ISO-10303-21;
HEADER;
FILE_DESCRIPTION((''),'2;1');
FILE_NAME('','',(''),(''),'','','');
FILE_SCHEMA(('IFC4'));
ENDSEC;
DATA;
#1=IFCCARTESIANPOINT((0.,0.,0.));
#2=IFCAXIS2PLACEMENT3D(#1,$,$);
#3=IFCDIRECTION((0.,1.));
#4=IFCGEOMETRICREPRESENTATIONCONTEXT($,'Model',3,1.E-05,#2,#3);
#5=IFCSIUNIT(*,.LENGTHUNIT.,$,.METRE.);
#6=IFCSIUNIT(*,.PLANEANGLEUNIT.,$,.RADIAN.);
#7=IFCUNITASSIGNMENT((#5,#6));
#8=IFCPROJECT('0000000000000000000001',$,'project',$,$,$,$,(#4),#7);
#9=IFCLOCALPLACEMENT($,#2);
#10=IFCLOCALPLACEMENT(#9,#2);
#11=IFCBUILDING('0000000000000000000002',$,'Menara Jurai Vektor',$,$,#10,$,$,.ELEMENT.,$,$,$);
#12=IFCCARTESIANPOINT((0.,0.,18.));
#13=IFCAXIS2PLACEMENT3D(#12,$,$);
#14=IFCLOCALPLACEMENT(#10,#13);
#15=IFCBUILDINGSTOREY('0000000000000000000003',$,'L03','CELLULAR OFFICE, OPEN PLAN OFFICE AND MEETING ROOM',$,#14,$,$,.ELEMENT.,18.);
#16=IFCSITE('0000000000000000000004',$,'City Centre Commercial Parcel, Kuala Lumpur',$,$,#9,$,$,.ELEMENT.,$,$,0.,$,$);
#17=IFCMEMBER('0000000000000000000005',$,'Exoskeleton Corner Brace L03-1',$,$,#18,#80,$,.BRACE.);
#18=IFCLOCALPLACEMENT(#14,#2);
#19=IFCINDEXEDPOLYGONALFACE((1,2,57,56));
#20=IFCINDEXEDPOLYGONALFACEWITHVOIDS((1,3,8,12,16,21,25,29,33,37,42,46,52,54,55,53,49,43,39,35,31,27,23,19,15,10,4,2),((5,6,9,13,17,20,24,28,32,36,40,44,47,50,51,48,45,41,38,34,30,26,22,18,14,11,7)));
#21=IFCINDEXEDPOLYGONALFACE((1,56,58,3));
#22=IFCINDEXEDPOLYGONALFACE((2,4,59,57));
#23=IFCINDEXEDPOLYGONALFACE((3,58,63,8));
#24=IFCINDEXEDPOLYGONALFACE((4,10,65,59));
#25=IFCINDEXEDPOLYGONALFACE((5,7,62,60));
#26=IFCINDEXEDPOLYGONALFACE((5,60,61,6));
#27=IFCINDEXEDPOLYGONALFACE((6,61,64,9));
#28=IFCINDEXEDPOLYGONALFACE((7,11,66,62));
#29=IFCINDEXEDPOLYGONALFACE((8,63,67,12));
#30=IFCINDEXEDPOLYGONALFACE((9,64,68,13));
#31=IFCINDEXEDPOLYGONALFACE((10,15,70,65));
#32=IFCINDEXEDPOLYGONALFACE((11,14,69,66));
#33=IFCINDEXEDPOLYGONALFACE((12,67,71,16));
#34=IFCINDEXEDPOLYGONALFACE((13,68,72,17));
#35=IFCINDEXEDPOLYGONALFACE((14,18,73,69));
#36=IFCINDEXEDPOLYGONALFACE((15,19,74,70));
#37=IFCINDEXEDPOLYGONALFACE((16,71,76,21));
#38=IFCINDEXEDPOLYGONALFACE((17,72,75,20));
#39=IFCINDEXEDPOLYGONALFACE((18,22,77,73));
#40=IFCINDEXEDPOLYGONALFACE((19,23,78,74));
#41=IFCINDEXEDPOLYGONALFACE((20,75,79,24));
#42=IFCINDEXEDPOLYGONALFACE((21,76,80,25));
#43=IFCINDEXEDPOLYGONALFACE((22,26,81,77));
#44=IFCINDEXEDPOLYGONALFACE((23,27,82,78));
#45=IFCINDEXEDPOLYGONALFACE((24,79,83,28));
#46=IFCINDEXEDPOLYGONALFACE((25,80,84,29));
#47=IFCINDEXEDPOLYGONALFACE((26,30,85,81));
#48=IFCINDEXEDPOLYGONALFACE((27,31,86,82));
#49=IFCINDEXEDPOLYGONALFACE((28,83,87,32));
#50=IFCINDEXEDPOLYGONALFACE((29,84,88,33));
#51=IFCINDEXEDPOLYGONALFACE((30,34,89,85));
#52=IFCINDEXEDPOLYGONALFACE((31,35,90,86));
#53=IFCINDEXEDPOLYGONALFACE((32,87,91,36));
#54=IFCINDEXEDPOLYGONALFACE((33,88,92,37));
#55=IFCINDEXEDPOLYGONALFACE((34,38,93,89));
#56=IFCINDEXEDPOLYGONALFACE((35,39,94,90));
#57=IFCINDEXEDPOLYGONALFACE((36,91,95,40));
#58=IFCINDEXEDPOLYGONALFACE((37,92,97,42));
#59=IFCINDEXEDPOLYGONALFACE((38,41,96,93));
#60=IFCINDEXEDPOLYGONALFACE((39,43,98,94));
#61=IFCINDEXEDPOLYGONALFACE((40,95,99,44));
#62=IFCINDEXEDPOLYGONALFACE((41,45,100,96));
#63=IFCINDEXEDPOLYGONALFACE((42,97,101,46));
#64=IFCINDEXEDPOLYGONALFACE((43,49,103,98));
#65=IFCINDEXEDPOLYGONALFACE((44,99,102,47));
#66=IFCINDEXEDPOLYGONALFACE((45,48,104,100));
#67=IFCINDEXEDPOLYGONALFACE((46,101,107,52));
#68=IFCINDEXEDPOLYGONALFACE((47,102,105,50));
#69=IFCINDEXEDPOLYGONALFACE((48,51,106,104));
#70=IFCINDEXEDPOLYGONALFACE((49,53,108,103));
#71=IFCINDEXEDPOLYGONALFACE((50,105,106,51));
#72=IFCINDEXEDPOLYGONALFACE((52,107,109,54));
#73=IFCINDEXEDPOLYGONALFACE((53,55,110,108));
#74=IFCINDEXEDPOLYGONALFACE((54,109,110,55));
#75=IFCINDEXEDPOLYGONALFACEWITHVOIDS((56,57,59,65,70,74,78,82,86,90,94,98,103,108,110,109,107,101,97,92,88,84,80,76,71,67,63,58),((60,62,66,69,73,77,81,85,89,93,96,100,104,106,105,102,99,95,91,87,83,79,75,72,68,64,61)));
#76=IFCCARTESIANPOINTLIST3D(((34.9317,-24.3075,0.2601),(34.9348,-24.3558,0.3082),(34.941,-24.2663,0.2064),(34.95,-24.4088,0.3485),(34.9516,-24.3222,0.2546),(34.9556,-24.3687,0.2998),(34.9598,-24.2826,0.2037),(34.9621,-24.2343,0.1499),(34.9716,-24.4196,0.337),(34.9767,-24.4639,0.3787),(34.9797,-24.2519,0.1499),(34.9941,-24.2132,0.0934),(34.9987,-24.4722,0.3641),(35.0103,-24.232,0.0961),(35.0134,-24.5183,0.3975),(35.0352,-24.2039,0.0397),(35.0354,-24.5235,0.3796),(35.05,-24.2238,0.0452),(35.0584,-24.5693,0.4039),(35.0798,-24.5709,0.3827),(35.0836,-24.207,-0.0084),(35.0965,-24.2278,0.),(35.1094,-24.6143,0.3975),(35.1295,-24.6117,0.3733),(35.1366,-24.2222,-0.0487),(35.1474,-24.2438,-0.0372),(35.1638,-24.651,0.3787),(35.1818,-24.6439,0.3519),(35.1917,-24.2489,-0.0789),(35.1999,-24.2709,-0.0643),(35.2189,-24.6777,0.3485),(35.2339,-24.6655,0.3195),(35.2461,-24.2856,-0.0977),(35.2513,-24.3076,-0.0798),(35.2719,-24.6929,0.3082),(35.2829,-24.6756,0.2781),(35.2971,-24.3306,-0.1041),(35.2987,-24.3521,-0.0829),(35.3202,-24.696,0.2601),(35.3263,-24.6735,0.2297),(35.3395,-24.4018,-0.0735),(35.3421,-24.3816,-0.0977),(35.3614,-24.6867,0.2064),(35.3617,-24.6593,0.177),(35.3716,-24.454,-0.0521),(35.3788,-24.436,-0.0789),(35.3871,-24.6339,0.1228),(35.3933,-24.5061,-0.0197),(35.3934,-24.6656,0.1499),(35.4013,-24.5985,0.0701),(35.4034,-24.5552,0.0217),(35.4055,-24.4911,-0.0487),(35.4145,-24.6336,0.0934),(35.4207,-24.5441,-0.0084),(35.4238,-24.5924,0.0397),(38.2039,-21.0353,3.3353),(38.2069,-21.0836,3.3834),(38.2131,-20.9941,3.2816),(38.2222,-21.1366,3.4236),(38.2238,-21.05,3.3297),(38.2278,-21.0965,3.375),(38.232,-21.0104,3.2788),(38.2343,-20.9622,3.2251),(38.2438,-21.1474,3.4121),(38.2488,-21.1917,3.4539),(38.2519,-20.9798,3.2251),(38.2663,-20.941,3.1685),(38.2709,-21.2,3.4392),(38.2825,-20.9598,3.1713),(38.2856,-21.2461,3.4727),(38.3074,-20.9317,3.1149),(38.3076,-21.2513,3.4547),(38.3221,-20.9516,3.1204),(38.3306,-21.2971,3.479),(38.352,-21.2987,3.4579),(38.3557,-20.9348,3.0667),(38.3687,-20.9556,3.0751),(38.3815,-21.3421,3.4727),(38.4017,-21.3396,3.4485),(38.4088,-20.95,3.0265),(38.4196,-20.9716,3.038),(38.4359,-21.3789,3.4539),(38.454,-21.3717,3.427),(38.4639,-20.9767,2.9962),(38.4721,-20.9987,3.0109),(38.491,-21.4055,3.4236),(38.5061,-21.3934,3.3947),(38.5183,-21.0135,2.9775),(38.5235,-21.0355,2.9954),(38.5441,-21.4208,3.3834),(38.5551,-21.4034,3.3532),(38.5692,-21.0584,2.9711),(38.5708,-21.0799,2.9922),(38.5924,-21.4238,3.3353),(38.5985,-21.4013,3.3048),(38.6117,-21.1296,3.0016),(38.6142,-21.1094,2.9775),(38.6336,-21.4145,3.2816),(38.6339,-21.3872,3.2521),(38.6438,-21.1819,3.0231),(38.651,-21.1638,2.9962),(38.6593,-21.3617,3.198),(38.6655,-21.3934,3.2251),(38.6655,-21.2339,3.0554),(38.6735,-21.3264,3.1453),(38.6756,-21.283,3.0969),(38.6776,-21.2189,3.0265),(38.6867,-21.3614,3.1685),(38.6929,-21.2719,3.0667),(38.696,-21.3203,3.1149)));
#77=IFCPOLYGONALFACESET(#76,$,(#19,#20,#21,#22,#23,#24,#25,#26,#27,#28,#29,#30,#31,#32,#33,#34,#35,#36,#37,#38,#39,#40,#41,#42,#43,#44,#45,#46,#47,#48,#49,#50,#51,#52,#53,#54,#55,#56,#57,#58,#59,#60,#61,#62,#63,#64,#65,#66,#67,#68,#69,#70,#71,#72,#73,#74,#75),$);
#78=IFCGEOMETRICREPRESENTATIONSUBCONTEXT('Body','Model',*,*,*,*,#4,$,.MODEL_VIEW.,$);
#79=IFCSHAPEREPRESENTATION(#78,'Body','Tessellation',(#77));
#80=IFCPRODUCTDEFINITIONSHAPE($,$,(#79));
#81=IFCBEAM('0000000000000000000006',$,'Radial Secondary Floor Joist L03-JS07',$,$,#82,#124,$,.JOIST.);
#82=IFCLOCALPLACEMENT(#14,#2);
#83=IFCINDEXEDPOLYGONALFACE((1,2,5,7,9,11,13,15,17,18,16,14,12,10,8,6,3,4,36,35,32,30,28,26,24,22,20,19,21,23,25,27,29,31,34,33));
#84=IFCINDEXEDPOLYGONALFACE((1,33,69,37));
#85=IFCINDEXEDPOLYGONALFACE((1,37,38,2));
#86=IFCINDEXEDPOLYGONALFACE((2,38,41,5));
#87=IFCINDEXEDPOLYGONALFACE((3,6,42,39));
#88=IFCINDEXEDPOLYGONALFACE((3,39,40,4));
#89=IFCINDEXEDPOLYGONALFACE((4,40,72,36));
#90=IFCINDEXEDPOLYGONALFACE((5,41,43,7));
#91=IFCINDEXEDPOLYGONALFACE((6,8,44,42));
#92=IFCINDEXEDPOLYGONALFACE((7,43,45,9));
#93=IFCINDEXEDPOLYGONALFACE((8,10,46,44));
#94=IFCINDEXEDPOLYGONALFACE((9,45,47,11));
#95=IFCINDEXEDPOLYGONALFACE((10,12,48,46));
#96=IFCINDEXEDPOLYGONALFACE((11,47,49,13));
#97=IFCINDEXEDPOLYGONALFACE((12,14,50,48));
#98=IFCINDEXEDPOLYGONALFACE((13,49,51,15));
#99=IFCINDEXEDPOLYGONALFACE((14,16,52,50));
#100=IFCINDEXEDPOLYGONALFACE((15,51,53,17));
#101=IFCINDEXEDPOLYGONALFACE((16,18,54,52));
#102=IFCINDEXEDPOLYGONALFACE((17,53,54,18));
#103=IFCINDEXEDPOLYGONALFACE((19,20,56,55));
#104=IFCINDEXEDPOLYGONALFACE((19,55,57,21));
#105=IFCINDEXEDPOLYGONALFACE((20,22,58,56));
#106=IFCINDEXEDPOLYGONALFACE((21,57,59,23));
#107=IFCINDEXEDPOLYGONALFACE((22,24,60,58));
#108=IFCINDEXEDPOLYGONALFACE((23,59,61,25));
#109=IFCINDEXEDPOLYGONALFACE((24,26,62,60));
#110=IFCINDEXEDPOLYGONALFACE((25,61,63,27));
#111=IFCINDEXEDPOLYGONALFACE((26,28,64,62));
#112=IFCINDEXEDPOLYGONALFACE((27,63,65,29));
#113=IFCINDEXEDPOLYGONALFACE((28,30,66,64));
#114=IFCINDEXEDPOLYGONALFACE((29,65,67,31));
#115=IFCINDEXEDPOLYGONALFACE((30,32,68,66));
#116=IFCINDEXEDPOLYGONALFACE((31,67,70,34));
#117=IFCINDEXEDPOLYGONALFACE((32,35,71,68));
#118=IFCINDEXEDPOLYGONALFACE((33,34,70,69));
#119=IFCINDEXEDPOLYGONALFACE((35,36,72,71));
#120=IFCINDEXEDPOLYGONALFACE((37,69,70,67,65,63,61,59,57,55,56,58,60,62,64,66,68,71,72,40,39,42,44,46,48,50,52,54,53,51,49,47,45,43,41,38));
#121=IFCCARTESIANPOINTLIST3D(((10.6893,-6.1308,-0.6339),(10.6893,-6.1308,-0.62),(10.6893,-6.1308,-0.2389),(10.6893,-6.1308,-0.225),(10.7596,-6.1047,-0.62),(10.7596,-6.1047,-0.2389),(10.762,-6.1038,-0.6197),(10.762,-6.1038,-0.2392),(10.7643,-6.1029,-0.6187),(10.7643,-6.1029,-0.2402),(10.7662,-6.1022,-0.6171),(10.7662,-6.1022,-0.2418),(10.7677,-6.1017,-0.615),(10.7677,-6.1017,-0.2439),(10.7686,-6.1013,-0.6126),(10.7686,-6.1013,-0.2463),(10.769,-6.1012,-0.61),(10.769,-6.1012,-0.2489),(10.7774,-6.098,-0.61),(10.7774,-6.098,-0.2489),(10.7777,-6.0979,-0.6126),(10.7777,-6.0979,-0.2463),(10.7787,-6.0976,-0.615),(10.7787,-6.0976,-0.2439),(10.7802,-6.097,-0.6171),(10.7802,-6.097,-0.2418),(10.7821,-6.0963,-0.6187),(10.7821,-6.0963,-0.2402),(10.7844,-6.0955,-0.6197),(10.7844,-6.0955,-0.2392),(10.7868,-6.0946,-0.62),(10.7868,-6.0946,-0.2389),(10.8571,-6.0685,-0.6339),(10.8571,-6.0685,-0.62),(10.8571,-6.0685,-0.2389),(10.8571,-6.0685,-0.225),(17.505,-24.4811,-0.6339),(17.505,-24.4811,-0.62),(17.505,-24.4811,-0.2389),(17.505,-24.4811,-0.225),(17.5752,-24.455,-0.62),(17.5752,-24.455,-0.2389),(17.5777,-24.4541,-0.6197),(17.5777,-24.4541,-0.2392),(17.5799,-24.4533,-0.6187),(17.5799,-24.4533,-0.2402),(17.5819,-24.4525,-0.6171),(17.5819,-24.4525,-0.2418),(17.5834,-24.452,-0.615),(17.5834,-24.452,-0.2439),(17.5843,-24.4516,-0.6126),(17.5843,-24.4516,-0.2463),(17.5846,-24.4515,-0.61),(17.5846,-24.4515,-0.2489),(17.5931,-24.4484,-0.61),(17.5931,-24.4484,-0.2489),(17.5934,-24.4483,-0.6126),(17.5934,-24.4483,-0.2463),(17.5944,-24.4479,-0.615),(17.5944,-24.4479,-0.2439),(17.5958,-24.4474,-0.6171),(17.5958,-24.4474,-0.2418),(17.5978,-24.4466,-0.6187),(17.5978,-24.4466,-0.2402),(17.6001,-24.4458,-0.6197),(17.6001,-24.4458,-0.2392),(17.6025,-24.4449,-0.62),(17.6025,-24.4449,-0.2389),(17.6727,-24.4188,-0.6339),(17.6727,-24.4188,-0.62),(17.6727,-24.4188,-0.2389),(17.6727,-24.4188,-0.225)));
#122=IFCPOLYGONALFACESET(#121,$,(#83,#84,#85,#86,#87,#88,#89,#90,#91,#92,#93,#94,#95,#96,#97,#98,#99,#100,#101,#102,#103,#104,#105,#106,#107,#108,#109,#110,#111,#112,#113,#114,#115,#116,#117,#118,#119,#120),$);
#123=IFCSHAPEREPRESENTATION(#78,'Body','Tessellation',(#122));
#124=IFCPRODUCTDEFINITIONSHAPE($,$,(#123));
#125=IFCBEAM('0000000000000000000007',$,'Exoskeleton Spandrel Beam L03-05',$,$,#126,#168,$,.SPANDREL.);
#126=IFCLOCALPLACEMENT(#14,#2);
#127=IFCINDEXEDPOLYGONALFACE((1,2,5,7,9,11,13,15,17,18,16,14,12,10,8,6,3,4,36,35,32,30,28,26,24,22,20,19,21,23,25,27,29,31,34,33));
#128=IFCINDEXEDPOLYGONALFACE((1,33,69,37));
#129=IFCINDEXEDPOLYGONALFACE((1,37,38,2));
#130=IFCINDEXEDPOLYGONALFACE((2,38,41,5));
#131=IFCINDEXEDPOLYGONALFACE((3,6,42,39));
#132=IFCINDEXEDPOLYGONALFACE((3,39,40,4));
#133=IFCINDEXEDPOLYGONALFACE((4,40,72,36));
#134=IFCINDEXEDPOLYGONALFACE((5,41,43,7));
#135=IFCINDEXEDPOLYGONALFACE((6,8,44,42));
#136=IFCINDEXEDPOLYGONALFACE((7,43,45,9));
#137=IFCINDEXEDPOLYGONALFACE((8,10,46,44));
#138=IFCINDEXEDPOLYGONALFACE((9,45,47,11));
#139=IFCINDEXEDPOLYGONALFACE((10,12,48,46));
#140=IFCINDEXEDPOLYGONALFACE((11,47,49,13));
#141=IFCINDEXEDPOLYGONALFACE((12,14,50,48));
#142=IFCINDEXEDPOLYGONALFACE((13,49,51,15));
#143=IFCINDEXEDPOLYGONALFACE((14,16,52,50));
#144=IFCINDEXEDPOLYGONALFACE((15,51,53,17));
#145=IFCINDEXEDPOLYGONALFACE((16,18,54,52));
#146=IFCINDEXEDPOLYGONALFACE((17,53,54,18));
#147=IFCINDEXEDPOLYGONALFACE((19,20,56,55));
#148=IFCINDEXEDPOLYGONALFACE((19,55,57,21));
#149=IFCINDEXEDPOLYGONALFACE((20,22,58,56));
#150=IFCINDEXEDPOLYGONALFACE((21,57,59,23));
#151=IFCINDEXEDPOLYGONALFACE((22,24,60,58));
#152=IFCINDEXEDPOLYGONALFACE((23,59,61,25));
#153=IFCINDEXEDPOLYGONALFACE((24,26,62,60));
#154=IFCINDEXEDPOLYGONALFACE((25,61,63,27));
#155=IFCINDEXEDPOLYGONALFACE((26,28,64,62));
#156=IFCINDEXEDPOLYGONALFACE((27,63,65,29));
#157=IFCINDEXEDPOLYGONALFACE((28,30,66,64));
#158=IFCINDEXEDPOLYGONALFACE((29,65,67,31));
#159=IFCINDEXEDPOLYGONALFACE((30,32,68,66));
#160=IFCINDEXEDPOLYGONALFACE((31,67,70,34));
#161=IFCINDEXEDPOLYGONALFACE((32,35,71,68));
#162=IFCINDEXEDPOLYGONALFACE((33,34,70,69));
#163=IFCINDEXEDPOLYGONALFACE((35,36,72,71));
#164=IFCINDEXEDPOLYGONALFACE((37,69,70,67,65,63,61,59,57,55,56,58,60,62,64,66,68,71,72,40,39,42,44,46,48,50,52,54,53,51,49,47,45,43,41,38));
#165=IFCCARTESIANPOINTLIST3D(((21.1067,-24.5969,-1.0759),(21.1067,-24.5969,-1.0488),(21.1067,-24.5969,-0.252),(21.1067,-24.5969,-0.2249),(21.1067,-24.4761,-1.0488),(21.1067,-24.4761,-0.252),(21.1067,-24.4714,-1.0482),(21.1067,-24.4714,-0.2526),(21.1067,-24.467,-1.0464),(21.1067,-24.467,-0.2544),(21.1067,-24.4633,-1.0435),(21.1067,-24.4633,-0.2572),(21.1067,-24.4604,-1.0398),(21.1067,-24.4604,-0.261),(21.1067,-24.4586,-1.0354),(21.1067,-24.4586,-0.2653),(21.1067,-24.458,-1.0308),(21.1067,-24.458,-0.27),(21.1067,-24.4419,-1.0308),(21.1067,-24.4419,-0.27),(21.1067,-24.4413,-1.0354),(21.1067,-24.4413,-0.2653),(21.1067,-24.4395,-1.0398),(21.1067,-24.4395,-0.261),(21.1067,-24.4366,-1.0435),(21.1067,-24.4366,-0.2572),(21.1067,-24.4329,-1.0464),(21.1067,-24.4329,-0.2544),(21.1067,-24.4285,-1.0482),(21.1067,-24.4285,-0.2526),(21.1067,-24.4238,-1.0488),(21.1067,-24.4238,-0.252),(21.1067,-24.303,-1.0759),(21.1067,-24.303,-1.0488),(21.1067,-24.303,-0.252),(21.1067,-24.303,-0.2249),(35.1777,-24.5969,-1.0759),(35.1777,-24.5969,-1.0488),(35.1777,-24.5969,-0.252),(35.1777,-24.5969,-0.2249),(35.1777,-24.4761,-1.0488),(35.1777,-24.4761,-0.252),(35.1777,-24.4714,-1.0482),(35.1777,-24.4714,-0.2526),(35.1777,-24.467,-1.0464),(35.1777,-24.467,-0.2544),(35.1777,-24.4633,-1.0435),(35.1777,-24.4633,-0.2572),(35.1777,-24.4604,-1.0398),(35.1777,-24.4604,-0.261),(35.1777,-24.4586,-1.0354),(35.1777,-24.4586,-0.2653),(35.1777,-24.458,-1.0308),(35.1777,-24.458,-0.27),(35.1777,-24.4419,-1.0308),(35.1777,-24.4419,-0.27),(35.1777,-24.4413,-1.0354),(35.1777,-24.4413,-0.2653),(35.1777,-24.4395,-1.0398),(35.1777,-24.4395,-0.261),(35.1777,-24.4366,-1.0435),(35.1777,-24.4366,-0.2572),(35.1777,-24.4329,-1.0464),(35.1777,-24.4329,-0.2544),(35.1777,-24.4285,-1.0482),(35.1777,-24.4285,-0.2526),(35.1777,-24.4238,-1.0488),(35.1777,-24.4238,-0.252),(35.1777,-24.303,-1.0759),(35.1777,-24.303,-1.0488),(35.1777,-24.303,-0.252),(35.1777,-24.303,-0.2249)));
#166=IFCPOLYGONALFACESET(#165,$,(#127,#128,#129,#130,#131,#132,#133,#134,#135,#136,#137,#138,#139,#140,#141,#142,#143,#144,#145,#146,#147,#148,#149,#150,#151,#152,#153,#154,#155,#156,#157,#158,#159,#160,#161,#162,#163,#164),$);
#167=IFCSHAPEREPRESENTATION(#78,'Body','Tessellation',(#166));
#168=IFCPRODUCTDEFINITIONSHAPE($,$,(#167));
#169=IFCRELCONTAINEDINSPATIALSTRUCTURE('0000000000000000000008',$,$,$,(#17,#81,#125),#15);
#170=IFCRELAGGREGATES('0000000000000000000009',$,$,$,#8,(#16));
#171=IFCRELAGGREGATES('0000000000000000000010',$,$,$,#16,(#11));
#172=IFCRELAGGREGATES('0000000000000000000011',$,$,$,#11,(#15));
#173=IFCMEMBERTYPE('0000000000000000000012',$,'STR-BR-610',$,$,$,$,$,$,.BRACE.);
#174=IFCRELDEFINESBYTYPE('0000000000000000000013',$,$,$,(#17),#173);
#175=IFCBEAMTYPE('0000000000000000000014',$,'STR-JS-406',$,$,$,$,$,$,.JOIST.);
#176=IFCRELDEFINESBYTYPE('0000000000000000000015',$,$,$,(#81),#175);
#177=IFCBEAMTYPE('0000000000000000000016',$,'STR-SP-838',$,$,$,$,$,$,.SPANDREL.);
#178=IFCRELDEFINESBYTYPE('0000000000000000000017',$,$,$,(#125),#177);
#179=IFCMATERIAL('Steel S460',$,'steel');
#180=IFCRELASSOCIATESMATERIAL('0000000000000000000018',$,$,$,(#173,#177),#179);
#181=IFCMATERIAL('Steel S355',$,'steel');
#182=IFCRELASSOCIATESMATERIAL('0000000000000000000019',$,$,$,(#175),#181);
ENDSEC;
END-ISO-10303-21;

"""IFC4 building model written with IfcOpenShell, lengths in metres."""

from ifc_helpers import new_model, si_unit, direction, frame, origin, origin_2d, place, context, subcontext, project, spatial, hollow_circle, i_section, extrude, material, material_profile, profile_set, type_object, element, save


model = new_model("IFC4")

# Units and contexts
model_context = context("Model", 3, precision=1e-05, world=origin(), true_north=direction((0.0, 1.0)))
body_context = subcontext(model_context, "Body", "Model", "MODEL_VIEW")
ifc_project = project(units=[si_unit("LENGTHUNIT", "METRE"), si_unit("PLANEANGLEUNIT", "RADIAN")], contexts=[model_context])

# Site, building, storey
site_placement = place(None, origin())
site = spatial("IfcSite", under=ifc_project, at=site_placement, Name="City Centre Commercial Parcel, Kuala Lumpur", CompositionType="ELEMENT", RefElevation=0.0)
building_placement = place(site_placement, origin())
building = spatial("IfcBuilding", under=site, at=building_placement, Name="Menara Jurai Vektor", CompositionType="ELEMENT")
storey_placement = place(building_placement, frame((0.0, 0.0, 18.0)))
storey = spatial("IfcBuildingStorey", under=building, at=storey_placement, Name="L03", Description="CELLULAR OFFICE, OPEN PLAN OFFICE AND MEETING ROOM", CompositionType="ELEMENT", Elevation=18.0)

# Shared definitions
ifc_material_1 = material(Name="Steel S460", Category="steel")

# Shared definitions
ifc_material_2 = material(Name="Steel S355", Category="steel")

# Member
ifc_material_profile_1 = material_profile(ifc_material_1, hollow_circle(Radius=0.3049, WallThickness=0.0249, at=origin_2d()), Name="CHS 610x25")
ifc_profile_set_1 = profile_set([ifc_material_profile_1], Name="Steel S460")
member_type_1 = type_object("IfcMemberType", Name="STR-BR-610", PredefinedType="BRACE", material=ifc_profile_set_1)
member_1_placement = place(storey_placement, frame((35.1777, -24.45, 0.1499), z_axis=(0.588928, 0.588928, 0.553469), x_axis=(-0.707107, 0.707107, 0.0)))
element("IfcMember", 1, at=member_1_placement, inside=storey, type_object=member_type_1, Name="Exoskeleton Corner Brace L03-1", PredefinedType="BRACE", context=body_context, shape_type="SweptSolid", body=[
    extrude(hollow_circle(Radius=0.3049, WallThickness=0.0249, at=origin_2d()), origin(), (0.0, 0.0, 1.0), 5.5562),
])

# Beams
ifc_material_profile_2 = material_profile(ifc_material_2, i_section(OverallWidth=0.179, OverallDepth=0.4089, WebThickness=0.009, FlangeThickness=0.0139, FilletRadius=0.01, at=origin_2d()), Name="UKB 406x178x67")
ifc_profile_set_2 = profile_set([ifc_material_profile_2], Name="Steel S355")
beam_type_1 = type_object("IfcBeamType", Name="STR-JS-406", PredefinedType="JOIST", material=ifc_profile_set_2)
beam_1_placement = place(storey_placement, frame((17.5889, -24.45, -0.4294), z_axis=(-0.348179, 0.937428, 0.0), x_axis=(-0.937428, -0.348179, 0.0)))
element("IfcBeam", 2, at=beam_1_placement, inside=storey, type_object=beam_type_1, Name="Radial Secondary Floor Joist L03-JS07", PredefinedType="JOIST", context=body_context, shape_type="SweptSolid", body=[
    extrude(i_section(OverallWidth=0.179, OverallDepth=0.4089, WebThickness=0.009, FlangeThickness=0.0139, FilletRadius=0.01, at=origin_2d()), origin(), (0.0, 0.0, 1.0), 19.5752),
])
ifc_material_profile_3 = material_profile(ifc_material_1, i_section(OverallWidth=0.2939, OverallDepth=0.8511, WebThickness=0.0161, FlangeThickness=0.0271, FilletRadius=0.0181, at=origin_2d()), Name="UKB 838x292x226")
ifc_profile_set_3 = profile_set([ifc_material_profile_3], Name="Steel S460")
beam_type_2 = type_object("IfcBeamType", Name="STR-SP-838", PredefinedType="SPANDREL", material=ifc_profile_set_3)
beam_2_placement = place(storey_placement, frame((21.1067, -24.45, -0.6504), z_axis=(1.0, 0.0, 0.0), x_axis=(0.0, 1.0, 0.0)))
element("IfcBeam", 3, at=beam_2_placement, inside=storey, type_object=beam_type_2, Name="Exoskeleton Spandrel Beam L03-05", PredefinedType="SPANDREL", context=body_context, shape_type="SweptSolid", body=[
    extrude(i_section(OverallWidth=0.2939, OverallDepth=0.8511, WebThickness=0.0161, FlangeThickness=0.0271, FilletRadius=0.0181, at=origin_2d()), origin(), (0.0, 0.0, 1.0), 14.071),
])

save(model, "model.ifc")
